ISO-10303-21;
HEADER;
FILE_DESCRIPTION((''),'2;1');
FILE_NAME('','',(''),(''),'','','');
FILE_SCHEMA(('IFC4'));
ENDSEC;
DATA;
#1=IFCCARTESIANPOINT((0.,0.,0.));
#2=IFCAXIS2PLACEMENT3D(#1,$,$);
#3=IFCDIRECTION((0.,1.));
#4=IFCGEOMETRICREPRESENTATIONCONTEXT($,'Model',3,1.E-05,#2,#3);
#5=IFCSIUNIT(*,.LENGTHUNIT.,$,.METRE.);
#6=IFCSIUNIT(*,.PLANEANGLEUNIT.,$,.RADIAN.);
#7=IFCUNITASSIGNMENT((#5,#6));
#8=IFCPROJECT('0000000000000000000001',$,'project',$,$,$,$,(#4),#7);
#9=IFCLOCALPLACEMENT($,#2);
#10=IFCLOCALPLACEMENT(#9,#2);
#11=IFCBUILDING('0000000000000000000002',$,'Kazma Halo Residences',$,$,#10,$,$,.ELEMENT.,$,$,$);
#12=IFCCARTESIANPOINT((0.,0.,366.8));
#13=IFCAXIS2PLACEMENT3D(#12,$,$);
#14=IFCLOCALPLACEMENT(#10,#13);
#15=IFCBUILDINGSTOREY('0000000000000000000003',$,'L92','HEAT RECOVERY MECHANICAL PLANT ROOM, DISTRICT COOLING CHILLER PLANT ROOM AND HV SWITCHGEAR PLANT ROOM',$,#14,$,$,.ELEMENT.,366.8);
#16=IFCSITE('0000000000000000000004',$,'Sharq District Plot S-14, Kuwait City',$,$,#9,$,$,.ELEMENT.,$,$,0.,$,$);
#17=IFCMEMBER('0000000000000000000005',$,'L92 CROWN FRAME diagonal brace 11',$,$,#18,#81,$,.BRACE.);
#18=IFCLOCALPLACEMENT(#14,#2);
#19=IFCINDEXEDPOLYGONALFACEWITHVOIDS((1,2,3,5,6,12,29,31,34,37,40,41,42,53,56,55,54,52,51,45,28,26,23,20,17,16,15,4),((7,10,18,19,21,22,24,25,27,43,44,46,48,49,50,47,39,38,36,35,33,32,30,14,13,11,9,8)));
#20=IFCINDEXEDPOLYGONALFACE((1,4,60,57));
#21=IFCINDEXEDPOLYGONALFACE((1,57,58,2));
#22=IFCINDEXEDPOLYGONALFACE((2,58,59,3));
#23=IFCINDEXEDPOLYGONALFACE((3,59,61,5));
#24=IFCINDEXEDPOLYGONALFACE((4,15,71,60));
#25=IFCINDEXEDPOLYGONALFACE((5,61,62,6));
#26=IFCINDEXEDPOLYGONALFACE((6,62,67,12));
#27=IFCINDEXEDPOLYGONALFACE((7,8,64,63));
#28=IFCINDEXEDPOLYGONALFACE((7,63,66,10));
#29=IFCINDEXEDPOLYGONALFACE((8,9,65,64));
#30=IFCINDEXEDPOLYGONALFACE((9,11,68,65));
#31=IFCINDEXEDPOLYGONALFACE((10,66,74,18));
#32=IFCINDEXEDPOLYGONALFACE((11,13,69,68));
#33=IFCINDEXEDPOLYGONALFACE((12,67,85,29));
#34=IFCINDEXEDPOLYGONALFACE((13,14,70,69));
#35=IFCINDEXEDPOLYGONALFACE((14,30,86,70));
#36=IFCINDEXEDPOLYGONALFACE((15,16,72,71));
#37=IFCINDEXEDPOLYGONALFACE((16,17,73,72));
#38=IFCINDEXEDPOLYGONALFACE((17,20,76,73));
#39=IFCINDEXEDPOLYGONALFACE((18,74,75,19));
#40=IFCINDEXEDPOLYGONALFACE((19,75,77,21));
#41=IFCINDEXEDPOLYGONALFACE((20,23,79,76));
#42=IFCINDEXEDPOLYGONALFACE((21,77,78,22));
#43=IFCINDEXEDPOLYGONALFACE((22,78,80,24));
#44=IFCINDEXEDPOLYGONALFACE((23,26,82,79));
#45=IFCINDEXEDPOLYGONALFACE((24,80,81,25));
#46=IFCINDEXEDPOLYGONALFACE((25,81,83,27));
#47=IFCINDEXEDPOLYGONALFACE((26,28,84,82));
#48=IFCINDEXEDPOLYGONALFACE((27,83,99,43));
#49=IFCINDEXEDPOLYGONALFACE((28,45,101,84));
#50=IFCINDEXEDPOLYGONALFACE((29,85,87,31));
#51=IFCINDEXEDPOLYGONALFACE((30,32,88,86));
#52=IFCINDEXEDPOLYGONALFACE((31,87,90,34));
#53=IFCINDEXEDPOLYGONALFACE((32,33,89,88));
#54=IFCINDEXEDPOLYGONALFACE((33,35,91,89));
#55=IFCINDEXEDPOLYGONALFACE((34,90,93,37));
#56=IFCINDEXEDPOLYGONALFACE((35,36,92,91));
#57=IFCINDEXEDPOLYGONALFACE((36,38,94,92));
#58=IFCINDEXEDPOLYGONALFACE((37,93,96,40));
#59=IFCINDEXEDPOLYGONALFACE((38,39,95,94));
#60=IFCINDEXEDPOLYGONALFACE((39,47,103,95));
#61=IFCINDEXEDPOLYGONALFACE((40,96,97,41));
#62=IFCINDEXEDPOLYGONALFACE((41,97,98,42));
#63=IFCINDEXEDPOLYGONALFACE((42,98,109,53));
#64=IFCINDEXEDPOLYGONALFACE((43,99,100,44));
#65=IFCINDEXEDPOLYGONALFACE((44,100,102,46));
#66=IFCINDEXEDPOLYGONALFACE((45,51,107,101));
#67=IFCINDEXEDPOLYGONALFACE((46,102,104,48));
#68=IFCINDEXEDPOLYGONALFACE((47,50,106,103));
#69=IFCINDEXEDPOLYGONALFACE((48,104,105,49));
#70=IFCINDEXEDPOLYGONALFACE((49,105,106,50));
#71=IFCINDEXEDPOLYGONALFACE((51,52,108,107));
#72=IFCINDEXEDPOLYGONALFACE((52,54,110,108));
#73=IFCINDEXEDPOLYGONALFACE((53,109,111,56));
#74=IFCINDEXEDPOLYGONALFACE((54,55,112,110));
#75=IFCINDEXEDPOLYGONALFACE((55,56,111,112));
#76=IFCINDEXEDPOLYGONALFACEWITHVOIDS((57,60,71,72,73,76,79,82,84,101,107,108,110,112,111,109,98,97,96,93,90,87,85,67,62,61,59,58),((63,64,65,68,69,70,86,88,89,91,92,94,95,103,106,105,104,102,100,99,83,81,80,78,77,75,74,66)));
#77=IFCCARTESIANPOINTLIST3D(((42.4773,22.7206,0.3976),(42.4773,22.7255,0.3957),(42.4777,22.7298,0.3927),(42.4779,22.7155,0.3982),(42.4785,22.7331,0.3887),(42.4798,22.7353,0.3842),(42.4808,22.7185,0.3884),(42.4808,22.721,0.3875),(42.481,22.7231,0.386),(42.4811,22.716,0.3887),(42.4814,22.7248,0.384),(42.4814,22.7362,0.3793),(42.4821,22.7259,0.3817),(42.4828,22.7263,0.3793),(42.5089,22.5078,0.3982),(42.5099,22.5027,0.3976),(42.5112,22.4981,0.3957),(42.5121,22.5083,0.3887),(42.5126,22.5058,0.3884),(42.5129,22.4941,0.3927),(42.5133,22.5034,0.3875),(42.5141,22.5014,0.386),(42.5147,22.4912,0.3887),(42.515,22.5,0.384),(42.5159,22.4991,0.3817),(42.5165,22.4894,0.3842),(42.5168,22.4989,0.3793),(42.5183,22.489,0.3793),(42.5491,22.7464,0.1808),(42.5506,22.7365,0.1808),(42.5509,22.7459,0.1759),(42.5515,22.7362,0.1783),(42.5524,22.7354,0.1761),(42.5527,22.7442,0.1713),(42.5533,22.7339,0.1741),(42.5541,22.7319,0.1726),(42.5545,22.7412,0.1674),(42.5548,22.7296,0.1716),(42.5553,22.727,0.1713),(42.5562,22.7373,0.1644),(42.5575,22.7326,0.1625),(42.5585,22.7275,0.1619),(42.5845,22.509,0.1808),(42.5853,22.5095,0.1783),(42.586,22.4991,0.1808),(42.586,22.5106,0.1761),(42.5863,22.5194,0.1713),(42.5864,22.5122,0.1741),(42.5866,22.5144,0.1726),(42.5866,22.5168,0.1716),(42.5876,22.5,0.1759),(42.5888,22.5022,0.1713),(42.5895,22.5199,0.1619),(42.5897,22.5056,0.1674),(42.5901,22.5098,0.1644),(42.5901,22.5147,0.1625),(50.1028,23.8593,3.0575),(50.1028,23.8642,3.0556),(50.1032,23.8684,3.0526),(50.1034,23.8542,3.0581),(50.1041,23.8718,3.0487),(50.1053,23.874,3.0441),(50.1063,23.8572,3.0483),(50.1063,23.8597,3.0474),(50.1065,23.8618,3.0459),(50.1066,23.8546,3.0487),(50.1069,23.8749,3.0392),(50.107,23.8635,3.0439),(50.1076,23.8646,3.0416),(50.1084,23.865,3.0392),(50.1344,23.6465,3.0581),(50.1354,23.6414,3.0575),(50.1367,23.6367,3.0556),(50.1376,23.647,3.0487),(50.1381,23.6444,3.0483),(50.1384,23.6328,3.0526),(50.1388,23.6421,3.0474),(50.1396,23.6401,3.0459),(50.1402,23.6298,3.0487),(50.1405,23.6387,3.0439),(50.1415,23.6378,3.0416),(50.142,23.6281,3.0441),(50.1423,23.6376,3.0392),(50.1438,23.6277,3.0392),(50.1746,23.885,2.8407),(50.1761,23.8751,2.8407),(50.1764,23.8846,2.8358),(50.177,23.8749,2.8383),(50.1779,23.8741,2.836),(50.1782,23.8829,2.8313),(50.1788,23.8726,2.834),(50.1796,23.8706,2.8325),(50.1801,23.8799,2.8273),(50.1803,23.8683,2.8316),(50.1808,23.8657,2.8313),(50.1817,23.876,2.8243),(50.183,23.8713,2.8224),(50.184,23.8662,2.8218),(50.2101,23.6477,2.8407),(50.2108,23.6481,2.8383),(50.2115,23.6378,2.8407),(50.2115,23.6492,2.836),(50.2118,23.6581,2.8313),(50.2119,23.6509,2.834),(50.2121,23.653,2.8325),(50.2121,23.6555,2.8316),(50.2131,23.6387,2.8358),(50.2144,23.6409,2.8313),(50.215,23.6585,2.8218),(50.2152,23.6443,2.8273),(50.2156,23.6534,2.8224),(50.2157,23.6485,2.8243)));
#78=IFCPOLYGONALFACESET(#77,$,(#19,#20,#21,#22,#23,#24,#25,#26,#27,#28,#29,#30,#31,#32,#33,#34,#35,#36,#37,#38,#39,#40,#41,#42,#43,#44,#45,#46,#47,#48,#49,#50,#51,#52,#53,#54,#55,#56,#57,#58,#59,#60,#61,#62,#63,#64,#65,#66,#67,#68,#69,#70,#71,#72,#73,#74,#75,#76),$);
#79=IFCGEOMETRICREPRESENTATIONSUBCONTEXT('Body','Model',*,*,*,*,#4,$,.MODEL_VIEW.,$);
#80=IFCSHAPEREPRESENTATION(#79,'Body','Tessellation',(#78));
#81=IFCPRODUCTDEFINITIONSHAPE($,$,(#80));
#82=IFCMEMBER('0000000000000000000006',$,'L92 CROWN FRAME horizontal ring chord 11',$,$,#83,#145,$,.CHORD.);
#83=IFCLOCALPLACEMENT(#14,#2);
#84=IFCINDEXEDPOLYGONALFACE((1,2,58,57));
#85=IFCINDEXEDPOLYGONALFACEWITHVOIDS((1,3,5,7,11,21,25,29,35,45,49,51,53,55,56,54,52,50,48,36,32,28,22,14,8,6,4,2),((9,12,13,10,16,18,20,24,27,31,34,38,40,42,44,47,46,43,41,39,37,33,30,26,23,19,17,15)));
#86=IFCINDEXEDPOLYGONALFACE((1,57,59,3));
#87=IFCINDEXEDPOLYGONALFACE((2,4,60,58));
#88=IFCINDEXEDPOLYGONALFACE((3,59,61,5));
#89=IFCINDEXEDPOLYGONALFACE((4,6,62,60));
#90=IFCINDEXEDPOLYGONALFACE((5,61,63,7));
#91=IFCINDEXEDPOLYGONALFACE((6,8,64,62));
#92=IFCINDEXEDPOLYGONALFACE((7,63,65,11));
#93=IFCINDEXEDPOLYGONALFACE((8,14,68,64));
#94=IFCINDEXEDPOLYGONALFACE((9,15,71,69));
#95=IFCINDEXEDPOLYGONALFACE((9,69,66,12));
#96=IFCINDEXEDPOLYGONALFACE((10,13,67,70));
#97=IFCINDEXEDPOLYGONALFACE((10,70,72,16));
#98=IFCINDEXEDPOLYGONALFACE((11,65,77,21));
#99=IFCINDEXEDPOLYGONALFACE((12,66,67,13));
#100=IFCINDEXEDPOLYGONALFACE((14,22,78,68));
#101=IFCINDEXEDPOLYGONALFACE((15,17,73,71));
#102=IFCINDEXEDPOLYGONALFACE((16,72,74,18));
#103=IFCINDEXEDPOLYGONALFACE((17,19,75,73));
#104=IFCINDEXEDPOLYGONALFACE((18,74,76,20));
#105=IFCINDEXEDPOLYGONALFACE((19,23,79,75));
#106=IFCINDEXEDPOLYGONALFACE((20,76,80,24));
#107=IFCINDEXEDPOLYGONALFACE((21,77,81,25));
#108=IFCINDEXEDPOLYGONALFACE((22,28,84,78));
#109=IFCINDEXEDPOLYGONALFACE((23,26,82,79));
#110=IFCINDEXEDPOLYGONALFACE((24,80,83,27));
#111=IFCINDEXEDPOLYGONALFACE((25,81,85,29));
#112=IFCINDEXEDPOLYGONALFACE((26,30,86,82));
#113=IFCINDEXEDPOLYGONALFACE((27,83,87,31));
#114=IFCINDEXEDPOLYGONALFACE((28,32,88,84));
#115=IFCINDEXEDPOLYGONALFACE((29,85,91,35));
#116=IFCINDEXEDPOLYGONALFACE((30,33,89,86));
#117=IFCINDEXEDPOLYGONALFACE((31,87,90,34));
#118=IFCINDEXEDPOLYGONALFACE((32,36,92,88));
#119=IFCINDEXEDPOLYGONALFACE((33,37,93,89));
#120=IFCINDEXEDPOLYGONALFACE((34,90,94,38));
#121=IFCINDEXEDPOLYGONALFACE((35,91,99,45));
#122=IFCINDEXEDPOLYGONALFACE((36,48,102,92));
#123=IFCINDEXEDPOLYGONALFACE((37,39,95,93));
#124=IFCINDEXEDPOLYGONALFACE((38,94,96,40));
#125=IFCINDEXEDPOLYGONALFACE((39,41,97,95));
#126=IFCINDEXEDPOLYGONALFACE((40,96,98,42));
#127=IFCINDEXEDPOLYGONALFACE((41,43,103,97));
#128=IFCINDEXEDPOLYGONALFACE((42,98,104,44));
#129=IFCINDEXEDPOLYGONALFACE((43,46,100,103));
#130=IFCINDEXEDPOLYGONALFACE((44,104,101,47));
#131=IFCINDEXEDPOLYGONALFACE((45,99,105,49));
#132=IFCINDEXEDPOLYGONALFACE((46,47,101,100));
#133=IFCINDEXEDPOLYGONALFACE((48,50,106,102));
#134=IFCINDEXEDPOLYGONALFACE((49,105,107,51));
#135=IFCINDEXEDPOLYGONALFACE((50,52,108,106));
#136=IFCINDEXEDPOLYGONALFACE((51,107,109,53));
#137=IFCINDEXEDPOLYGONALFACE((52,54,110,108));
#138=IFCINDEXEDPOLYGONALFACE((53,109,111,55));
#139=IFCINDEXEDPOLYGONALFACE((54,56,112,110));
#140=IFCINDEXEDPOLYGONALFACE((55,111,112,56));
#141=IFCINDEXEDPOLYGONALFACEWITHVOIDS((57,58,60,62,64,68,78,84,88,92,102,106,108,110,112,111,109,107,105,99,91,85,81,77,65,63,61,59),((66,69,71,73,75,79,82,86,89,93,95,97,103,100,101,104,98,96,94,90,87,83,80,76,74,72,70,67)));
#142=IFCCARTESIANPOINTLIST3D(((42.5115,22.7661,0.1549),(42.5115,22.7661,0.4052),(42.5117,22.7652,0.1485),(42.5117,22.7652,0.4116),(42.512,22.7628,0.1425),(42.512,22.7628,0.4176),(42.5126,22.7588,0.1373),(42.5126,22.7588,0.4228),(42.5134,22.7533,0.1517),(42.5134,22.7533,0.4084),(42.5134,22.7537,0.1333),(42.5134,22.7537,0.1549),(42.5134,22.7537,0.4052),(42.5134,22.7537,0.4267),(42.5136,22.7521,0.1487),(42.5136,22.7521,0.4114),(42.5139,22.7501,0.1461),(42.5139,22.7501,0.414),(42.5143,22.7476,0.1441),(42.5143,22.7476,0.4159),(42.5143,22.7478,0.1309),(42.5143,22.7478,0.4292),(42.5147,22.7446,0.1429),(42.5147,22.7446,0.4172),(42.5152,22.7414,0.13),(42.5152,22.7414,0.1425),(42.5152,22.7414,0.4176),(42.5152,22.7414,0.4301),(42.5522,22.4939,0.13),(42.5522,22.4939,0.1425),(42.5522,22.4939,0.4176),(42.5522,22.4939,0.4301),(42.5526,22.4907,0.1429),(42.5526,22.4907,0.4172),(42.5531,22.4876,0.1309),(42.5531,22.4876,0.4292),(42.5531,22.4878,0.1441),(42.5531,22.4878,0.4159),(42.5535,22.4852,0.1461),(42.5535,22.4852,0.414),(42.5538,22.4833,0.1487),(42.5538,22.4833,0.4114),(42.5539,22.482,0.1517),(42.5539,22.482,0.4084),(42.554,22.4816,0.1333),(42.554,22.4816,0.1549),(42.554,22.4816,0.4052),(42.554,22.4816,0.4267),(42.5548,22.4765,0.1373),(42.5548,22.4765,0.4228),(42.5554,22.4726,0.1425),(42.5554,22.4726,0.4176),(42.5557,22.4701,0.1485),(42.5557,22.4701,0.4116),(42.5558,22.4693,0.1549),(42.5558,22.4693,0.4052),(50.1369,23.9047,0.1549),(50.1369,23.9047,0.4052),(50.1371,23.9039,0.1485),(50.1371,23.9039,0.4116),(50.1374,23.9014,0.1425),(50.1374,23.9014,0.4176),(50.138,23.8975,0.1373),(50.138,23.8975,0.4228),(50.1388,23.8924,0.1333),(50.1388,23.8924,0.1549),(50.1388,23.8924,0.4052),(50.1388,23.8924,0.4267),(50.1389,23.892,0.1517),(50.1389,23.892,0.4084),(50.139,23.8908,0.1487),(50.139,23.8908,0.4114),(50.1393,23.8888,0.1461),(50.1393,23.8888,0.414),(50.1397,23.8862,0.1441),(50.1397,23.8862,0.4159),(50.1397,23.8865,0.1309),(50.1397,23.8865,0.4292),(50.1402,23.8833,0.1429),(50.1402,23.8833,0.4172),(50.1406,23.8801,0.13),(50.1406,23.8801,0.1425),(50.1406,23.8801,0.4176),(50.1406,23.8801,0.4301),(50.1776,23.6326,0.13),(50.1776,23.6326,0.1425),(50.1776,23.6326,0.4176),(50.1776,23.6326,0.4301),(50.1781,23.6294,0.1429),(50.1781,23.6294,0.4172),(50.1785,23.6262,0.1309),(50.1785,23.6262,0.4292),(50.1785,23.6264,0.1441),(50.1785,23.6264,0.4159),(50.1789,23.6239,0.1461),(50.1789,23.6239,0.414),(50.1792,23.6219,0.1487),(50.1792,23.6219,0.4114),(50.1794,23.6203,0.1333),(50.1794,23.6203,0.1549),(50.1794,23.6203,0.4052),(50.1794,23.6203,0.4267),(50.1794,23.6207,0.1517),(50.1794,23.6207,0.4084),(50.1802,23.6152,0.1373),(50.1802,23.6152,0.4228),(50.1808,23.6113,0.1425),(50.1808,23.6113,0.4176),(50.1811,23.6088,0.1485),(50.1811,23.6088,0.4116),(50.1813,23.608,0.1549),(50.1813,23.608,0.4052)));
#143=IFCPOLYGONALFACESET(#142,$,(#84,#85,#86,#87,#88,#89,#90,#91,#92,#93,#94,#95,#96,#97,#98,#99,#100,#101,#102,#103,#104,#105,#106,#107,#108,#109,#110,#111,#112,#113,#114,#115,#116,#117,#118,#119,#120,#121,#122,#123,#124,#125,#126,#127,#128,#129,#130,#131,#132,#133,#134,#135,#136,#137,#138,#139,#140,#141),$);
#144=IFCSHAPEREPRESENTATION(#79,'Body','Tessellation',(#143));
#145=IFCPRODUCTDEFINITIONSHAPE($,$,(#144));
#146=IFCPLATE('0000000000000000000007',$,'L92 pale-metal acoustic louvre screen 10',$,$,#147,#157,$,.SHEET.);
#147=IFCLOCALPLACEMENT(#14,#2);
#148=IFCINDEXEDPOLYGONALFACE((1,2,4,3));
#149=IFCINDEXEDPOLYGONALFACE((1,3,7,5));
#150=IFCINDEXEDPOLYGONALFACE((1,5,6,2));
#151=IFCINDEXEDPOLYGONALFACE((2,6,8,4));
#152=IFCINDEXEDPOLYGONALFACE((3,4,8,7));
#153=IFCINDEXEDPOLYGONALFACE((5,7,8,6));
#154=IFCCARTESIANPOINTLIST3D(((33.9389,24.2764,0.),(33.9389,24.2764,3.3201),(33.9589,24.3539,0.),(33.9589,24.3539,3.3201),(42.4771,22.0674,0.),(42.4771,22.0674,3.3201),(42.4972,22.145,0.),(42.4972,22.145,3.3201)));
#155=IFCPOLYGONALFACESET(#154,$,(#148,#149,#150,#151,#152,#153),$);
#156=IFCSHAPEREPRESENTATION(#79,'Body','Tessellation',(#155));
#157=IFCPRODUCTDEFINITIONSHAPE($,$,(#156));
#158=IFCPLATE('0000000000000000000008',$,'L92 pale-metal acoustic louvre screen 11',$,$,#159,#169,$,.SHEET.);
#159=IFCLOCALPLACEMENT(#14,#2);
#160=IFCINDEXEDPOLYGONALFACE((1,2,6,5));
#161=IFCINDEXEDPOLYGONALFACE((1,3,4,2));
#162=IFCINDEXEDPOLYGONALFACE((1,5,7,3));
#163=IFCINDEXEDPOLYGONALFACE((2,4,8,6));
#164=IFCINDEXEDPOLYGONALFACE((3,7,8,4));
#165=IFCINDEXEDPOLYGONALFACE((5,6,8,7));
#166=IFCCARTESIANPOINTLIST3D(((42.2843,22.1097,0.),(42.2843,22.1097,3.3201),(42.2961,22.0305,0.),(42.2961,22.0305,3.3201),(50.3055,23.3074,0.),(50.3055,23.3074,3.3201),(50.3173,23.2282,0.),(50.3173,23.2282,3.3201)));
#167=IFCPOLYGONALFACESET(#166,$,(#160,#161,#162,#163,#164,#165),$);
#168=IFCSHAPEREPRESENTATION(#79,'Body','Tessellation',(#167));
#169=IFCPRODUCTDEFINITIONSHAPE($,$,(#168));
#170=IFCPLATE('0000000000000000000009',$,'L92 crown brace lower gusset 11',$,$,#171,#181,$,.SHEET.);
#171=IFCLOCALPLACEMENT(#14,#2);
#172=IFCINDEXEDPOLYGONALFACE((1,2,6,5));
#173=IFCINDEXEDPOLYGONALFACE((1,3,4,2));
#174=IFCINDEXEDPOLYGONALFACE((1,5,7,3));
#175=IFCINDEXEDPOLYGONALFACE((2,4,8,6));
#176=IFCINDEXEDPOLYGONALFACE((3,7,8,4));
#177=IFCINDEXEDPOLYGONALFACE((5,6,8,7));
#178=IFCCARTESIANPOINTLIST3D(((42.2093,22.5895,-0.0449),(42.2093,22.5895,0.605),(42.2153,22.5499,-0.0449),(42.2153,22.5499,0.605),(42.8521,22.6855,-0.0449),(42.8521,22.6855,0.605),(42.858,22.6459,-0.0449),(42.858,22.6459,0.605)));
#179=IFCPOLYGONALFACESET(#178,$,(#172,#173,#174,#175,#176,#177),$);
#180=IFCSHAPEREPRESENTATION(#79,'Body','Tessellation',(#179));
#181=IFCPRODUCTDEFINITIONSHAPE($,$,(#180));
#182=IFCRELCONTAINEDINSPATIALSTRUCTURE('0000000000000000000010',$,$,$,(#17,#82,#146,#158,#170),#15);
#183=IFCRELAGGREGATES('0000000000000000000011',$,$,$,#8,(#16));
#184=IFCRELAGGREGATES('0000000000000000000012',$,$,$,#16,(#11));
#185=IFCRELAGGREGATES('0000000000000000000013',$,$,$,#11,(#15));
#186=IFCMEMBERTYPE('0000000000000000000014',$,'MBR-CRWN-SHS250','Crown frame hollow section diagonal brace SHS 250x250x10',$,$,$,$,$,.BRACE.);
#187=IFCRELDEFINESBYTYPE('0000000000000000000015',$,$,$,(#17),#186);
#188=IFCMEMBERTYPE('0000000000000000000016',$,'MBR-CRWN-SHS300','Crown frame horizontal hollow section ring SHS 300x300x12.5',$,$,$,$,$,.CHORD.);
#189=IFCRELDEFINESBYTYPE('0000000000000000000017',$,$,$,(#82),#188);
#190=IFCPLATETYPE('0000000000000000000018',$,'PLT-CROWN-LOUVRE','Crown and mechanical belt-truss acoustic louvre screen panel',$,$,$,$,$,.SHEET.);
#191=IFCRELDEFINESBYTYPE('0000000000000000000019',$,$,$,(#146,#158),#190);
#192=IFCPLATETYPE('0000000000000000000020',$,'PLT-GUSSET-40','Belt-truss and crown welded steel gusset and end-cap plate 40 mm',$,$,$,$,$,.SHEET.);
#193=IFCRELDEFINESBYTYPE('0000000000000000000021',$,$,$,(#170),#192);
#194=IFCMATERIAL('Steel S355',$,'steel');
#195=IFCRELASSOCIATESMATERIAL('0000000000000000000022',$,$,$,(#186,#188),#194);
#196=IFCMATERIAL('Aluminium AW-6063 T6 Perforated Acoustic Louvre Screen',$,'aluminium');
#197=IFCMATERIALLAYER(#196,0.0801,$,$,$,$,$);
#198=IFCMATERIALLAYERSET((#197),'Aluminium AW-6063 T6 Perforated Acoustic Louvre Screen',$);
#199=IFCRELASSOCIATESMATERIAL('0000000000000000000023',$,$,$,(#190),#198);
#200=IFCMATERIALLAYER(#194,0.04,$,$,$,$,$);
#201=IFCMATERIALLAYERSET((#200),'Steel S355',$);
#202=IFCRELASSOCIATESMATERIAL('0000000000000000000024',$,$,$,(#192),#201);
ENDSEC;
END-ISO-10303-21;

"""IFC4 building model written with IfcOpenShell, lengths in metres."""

from ifc_helpers import new_model, si_unit, direction, frame, origin, origin_2d, place, context, subcontext, project, spatial, rectangle, hollow_rectangle, extrude, material, layer, layer_set, material_profile, profile_set, type_object, element, save


model = new_model("IFC4")

# Units and contexts
model_context = context("Model", 3, precision=1e-05, world=origin(), true_north=direction((0.0, 1.0)))
body_context = subcontext(model_context, "Body", "Model", "MODEL_VIEW")
ifc_project = project(units=[si_unit("LENGTHUNIT", "METRE"), si_unit("PLANEANGLEUNIT", "RADIAN")], contexts=[model_context])

# Site, building, storey
site_placement = place(None, origin())
site = spatial("IfcSite", under=ifc_project, at=site_placement, Name="Sharq District Plot S-14, Kuwait City", CompositionType="ELEMENT", RefElevation=0.0)
building_placement = place(site_placement, origin())
building = spatial("IfcBuilding", under=site, at=building_placement, Name="Kazma Halo Residences", CompositionType="ELEMENT")
storey_placement = place(building_placement, frame((0.0, 0.0, 366.8)))
storey = spatial("IfcBuildingStorey", under=building, at=storey_placement, Name="L92", Description="HEAT RECOVERY MECHANICAL PLANT ROOM, DISTRICT COOLING CHILLER PLANT ROOM AND HV SWITCHGEAR PLANT ROOM", CompositionType="ELEMENT", Elevation=366.8)

# Shared definitions
ifc_material_1 = material(Name="Steel S355", Category="steel")

# Members
ifc_material_profile_1 = material_profile(ifc_material_1, hollow_rectangle(XDim=0.25, YDim=0.25, WallThickness=0.01, InnerFilletRadius=0.01, OuterFilletRadius=0.02, at=origin_2d()), Name="SHS250x250x10")
ifc_profile_set_1 = profile_set([ifc_material_profile_1], Name="Steel S355")
member_type_1 = type_object("IfcMemberType", Name="MBR-CRWN-SHS250", Description="Crown frame hollow section diagonal brace SHS 250x250x10", PredefinedType="BRACE", material=ifc_profile_set_1)
member_1_placement = place(storey_placement, frame((42.5337, 22.6177, 0.28), z_axis=(0.934958, 0.139612, 0.326131), x_axis=(-0.147687, 0.989034, 0.0)))
element("IfcMember", 1, at=member_1_placement, inside=storey, type_object=member_type_1, Name="L92 CROWN FRAME diagonal brace 11", PredefinedType="BRACE", context=body_context, shape_type="SweptSolid", body=[
    extrude(hollow_rectangle(XDim=0.25, YDim=0.25, WallThickness=0.01, InnerFilletRadius=0.01, OuterFilletRadius=0.02, at=origin_2d()), origin(), (0.0, 0.0, 1.0), 8.156),
])
ifc_material_profile_2 = material_profile(ifc_material_1, hollow_rectangle(XDim=0.3, YDim=0.3, WallThickness=0.0125, InnerFilletRadius=0.0125, OuterFilletRadius=0.0249, at=origin_2d()), Name="SHS300x300x12.5")
ifc_profile_set_2 = profile_set([ifc_material_profile_2], Name="Steel S355")
member_type_2 = type_object("IfcMemberType", Name="MBR-CRWN-SHS300", Description="Crown frame horizontal hollow section ring SHS 300x300x12.5", PredefinedType="CHORD", material=ifc_profile_set_2)
member_2_placement = place(storey_placement, frame((42.5337, 22.6177, 0.28), z_axis=(0.989034, 0.147687, 0.0), x_axis=(-0.147687, 0.989034, 0.0)))
element("IfcMember", 2, at=member_2_placement, inside=storey, type_object=member_type_2, Name="L92 CROWN FRAME horizontal ring chord 11", PredefinedType="CHORD", context=body_context, shape_type="SweptSolid", body=[
    extrude(hollow_rectangle(XDim=0.3, YDim=0.3, WallThickness=0.0125, InnerFilletRadius=0.0125, OuterFilletRadius=0.0249, at=origin_2d()), origin(), (0.0, 0.0, 1.0), 7.71),
])

# Plates
ifc_material_2 = material(Name="Aluminium AW-6063 T6 Perforated Acoustic Louvre Screen", Category="aluminium")
ifc_layer_1 = layer(ifc_material_2, 0.0801)
ifc_layer_set_1 = layer_set([ifc_layer_1], Name="Aluminium AW-6063 T6 Perforated Acoustic Louvre Screen")
plate_type_1 = type_object("IfcPlateType", Name="PLT-CROWN-LOUVRE", Description="Crown and mechanical belt-truss acoustic louvre screen panel", PredefinedType="SHEET", material=ifc_layer_set_1)
plate_1_placement = place(storey_placement, frame((38.218, 23.2107, 0.0), z_axis=(0.0, 0.0, 1.0), x_axis=(0.968124, -0.25047, 0.0)))
element("IfcPlate", 3, at=plate_1_placement, inside=storey, type_object=plate_type_1, Name="L92 pale-metal acoustic louvre screen 10", PredefinedType="SHEET", context=body_context, shape_type="SweptSolid", body=[
    extrude(rectangle(XDim=8.8193, YDim=0.0801, at=origin_2d()), origin(), (0.0, 0.0, 1.0), 3.3201),
])
plate_2_placement = place(storey_placement, frame((46.3008, 22.6689, 0.0), z_axis=(0.0, 0.0, 1.0), x_axis=(0.989034, 0.147687, 0.0)))
element("IfcPlate", 4, at=plate_2_placement, inside=storey, type_object=plate_type_1, Name="L92 pale-metal acoustic louvre screen 11", PredefinedType="SHEET", context=body_context, shape_type="SweptSolid", body=[
    extrude(rectangle(XDim=8.1101, YDim=0.0801, at=origin_2d()), origin(), (0.0, 0.0, 1.0), 3.3201),
])
ifc_layer_2 = layer(ifc_material_1, 0.04)
ifc_layer_set_2 = layer_set([ifc_layer_2], Name="Steel S355")
plate_type_2 = type_object("IfcPlateType", Name="PLT-GUSSET-40", Description="Belt-truss and crown welded steel gusset and end-cap plate 40 mm", PredefinedType="SHEET", material=ifc_layer_set_2)
plate_3_placement = place(storey_placement, frame((42.5337, 22.6177, -0.0449), z_axis=(0.0, 0.0, 1.0), x_axis=(0.989034, 0.147687, 0.0)))
element("IfcPlate", 5, at=plate_3_placement, inside=storey, type_object=plate_type_2, Name="L92 crown brace lower gusset 11", PredefinedType="SHEET", context=body_context, shape_type="SweptSolid", body=[
    extrude(rectangle(XDim=0.6499, YDim=0.04, at=origin_2d()), origin(), (0.0, 0.0, 1.0), 0.6499),
])

save(model, "model.ifc")
